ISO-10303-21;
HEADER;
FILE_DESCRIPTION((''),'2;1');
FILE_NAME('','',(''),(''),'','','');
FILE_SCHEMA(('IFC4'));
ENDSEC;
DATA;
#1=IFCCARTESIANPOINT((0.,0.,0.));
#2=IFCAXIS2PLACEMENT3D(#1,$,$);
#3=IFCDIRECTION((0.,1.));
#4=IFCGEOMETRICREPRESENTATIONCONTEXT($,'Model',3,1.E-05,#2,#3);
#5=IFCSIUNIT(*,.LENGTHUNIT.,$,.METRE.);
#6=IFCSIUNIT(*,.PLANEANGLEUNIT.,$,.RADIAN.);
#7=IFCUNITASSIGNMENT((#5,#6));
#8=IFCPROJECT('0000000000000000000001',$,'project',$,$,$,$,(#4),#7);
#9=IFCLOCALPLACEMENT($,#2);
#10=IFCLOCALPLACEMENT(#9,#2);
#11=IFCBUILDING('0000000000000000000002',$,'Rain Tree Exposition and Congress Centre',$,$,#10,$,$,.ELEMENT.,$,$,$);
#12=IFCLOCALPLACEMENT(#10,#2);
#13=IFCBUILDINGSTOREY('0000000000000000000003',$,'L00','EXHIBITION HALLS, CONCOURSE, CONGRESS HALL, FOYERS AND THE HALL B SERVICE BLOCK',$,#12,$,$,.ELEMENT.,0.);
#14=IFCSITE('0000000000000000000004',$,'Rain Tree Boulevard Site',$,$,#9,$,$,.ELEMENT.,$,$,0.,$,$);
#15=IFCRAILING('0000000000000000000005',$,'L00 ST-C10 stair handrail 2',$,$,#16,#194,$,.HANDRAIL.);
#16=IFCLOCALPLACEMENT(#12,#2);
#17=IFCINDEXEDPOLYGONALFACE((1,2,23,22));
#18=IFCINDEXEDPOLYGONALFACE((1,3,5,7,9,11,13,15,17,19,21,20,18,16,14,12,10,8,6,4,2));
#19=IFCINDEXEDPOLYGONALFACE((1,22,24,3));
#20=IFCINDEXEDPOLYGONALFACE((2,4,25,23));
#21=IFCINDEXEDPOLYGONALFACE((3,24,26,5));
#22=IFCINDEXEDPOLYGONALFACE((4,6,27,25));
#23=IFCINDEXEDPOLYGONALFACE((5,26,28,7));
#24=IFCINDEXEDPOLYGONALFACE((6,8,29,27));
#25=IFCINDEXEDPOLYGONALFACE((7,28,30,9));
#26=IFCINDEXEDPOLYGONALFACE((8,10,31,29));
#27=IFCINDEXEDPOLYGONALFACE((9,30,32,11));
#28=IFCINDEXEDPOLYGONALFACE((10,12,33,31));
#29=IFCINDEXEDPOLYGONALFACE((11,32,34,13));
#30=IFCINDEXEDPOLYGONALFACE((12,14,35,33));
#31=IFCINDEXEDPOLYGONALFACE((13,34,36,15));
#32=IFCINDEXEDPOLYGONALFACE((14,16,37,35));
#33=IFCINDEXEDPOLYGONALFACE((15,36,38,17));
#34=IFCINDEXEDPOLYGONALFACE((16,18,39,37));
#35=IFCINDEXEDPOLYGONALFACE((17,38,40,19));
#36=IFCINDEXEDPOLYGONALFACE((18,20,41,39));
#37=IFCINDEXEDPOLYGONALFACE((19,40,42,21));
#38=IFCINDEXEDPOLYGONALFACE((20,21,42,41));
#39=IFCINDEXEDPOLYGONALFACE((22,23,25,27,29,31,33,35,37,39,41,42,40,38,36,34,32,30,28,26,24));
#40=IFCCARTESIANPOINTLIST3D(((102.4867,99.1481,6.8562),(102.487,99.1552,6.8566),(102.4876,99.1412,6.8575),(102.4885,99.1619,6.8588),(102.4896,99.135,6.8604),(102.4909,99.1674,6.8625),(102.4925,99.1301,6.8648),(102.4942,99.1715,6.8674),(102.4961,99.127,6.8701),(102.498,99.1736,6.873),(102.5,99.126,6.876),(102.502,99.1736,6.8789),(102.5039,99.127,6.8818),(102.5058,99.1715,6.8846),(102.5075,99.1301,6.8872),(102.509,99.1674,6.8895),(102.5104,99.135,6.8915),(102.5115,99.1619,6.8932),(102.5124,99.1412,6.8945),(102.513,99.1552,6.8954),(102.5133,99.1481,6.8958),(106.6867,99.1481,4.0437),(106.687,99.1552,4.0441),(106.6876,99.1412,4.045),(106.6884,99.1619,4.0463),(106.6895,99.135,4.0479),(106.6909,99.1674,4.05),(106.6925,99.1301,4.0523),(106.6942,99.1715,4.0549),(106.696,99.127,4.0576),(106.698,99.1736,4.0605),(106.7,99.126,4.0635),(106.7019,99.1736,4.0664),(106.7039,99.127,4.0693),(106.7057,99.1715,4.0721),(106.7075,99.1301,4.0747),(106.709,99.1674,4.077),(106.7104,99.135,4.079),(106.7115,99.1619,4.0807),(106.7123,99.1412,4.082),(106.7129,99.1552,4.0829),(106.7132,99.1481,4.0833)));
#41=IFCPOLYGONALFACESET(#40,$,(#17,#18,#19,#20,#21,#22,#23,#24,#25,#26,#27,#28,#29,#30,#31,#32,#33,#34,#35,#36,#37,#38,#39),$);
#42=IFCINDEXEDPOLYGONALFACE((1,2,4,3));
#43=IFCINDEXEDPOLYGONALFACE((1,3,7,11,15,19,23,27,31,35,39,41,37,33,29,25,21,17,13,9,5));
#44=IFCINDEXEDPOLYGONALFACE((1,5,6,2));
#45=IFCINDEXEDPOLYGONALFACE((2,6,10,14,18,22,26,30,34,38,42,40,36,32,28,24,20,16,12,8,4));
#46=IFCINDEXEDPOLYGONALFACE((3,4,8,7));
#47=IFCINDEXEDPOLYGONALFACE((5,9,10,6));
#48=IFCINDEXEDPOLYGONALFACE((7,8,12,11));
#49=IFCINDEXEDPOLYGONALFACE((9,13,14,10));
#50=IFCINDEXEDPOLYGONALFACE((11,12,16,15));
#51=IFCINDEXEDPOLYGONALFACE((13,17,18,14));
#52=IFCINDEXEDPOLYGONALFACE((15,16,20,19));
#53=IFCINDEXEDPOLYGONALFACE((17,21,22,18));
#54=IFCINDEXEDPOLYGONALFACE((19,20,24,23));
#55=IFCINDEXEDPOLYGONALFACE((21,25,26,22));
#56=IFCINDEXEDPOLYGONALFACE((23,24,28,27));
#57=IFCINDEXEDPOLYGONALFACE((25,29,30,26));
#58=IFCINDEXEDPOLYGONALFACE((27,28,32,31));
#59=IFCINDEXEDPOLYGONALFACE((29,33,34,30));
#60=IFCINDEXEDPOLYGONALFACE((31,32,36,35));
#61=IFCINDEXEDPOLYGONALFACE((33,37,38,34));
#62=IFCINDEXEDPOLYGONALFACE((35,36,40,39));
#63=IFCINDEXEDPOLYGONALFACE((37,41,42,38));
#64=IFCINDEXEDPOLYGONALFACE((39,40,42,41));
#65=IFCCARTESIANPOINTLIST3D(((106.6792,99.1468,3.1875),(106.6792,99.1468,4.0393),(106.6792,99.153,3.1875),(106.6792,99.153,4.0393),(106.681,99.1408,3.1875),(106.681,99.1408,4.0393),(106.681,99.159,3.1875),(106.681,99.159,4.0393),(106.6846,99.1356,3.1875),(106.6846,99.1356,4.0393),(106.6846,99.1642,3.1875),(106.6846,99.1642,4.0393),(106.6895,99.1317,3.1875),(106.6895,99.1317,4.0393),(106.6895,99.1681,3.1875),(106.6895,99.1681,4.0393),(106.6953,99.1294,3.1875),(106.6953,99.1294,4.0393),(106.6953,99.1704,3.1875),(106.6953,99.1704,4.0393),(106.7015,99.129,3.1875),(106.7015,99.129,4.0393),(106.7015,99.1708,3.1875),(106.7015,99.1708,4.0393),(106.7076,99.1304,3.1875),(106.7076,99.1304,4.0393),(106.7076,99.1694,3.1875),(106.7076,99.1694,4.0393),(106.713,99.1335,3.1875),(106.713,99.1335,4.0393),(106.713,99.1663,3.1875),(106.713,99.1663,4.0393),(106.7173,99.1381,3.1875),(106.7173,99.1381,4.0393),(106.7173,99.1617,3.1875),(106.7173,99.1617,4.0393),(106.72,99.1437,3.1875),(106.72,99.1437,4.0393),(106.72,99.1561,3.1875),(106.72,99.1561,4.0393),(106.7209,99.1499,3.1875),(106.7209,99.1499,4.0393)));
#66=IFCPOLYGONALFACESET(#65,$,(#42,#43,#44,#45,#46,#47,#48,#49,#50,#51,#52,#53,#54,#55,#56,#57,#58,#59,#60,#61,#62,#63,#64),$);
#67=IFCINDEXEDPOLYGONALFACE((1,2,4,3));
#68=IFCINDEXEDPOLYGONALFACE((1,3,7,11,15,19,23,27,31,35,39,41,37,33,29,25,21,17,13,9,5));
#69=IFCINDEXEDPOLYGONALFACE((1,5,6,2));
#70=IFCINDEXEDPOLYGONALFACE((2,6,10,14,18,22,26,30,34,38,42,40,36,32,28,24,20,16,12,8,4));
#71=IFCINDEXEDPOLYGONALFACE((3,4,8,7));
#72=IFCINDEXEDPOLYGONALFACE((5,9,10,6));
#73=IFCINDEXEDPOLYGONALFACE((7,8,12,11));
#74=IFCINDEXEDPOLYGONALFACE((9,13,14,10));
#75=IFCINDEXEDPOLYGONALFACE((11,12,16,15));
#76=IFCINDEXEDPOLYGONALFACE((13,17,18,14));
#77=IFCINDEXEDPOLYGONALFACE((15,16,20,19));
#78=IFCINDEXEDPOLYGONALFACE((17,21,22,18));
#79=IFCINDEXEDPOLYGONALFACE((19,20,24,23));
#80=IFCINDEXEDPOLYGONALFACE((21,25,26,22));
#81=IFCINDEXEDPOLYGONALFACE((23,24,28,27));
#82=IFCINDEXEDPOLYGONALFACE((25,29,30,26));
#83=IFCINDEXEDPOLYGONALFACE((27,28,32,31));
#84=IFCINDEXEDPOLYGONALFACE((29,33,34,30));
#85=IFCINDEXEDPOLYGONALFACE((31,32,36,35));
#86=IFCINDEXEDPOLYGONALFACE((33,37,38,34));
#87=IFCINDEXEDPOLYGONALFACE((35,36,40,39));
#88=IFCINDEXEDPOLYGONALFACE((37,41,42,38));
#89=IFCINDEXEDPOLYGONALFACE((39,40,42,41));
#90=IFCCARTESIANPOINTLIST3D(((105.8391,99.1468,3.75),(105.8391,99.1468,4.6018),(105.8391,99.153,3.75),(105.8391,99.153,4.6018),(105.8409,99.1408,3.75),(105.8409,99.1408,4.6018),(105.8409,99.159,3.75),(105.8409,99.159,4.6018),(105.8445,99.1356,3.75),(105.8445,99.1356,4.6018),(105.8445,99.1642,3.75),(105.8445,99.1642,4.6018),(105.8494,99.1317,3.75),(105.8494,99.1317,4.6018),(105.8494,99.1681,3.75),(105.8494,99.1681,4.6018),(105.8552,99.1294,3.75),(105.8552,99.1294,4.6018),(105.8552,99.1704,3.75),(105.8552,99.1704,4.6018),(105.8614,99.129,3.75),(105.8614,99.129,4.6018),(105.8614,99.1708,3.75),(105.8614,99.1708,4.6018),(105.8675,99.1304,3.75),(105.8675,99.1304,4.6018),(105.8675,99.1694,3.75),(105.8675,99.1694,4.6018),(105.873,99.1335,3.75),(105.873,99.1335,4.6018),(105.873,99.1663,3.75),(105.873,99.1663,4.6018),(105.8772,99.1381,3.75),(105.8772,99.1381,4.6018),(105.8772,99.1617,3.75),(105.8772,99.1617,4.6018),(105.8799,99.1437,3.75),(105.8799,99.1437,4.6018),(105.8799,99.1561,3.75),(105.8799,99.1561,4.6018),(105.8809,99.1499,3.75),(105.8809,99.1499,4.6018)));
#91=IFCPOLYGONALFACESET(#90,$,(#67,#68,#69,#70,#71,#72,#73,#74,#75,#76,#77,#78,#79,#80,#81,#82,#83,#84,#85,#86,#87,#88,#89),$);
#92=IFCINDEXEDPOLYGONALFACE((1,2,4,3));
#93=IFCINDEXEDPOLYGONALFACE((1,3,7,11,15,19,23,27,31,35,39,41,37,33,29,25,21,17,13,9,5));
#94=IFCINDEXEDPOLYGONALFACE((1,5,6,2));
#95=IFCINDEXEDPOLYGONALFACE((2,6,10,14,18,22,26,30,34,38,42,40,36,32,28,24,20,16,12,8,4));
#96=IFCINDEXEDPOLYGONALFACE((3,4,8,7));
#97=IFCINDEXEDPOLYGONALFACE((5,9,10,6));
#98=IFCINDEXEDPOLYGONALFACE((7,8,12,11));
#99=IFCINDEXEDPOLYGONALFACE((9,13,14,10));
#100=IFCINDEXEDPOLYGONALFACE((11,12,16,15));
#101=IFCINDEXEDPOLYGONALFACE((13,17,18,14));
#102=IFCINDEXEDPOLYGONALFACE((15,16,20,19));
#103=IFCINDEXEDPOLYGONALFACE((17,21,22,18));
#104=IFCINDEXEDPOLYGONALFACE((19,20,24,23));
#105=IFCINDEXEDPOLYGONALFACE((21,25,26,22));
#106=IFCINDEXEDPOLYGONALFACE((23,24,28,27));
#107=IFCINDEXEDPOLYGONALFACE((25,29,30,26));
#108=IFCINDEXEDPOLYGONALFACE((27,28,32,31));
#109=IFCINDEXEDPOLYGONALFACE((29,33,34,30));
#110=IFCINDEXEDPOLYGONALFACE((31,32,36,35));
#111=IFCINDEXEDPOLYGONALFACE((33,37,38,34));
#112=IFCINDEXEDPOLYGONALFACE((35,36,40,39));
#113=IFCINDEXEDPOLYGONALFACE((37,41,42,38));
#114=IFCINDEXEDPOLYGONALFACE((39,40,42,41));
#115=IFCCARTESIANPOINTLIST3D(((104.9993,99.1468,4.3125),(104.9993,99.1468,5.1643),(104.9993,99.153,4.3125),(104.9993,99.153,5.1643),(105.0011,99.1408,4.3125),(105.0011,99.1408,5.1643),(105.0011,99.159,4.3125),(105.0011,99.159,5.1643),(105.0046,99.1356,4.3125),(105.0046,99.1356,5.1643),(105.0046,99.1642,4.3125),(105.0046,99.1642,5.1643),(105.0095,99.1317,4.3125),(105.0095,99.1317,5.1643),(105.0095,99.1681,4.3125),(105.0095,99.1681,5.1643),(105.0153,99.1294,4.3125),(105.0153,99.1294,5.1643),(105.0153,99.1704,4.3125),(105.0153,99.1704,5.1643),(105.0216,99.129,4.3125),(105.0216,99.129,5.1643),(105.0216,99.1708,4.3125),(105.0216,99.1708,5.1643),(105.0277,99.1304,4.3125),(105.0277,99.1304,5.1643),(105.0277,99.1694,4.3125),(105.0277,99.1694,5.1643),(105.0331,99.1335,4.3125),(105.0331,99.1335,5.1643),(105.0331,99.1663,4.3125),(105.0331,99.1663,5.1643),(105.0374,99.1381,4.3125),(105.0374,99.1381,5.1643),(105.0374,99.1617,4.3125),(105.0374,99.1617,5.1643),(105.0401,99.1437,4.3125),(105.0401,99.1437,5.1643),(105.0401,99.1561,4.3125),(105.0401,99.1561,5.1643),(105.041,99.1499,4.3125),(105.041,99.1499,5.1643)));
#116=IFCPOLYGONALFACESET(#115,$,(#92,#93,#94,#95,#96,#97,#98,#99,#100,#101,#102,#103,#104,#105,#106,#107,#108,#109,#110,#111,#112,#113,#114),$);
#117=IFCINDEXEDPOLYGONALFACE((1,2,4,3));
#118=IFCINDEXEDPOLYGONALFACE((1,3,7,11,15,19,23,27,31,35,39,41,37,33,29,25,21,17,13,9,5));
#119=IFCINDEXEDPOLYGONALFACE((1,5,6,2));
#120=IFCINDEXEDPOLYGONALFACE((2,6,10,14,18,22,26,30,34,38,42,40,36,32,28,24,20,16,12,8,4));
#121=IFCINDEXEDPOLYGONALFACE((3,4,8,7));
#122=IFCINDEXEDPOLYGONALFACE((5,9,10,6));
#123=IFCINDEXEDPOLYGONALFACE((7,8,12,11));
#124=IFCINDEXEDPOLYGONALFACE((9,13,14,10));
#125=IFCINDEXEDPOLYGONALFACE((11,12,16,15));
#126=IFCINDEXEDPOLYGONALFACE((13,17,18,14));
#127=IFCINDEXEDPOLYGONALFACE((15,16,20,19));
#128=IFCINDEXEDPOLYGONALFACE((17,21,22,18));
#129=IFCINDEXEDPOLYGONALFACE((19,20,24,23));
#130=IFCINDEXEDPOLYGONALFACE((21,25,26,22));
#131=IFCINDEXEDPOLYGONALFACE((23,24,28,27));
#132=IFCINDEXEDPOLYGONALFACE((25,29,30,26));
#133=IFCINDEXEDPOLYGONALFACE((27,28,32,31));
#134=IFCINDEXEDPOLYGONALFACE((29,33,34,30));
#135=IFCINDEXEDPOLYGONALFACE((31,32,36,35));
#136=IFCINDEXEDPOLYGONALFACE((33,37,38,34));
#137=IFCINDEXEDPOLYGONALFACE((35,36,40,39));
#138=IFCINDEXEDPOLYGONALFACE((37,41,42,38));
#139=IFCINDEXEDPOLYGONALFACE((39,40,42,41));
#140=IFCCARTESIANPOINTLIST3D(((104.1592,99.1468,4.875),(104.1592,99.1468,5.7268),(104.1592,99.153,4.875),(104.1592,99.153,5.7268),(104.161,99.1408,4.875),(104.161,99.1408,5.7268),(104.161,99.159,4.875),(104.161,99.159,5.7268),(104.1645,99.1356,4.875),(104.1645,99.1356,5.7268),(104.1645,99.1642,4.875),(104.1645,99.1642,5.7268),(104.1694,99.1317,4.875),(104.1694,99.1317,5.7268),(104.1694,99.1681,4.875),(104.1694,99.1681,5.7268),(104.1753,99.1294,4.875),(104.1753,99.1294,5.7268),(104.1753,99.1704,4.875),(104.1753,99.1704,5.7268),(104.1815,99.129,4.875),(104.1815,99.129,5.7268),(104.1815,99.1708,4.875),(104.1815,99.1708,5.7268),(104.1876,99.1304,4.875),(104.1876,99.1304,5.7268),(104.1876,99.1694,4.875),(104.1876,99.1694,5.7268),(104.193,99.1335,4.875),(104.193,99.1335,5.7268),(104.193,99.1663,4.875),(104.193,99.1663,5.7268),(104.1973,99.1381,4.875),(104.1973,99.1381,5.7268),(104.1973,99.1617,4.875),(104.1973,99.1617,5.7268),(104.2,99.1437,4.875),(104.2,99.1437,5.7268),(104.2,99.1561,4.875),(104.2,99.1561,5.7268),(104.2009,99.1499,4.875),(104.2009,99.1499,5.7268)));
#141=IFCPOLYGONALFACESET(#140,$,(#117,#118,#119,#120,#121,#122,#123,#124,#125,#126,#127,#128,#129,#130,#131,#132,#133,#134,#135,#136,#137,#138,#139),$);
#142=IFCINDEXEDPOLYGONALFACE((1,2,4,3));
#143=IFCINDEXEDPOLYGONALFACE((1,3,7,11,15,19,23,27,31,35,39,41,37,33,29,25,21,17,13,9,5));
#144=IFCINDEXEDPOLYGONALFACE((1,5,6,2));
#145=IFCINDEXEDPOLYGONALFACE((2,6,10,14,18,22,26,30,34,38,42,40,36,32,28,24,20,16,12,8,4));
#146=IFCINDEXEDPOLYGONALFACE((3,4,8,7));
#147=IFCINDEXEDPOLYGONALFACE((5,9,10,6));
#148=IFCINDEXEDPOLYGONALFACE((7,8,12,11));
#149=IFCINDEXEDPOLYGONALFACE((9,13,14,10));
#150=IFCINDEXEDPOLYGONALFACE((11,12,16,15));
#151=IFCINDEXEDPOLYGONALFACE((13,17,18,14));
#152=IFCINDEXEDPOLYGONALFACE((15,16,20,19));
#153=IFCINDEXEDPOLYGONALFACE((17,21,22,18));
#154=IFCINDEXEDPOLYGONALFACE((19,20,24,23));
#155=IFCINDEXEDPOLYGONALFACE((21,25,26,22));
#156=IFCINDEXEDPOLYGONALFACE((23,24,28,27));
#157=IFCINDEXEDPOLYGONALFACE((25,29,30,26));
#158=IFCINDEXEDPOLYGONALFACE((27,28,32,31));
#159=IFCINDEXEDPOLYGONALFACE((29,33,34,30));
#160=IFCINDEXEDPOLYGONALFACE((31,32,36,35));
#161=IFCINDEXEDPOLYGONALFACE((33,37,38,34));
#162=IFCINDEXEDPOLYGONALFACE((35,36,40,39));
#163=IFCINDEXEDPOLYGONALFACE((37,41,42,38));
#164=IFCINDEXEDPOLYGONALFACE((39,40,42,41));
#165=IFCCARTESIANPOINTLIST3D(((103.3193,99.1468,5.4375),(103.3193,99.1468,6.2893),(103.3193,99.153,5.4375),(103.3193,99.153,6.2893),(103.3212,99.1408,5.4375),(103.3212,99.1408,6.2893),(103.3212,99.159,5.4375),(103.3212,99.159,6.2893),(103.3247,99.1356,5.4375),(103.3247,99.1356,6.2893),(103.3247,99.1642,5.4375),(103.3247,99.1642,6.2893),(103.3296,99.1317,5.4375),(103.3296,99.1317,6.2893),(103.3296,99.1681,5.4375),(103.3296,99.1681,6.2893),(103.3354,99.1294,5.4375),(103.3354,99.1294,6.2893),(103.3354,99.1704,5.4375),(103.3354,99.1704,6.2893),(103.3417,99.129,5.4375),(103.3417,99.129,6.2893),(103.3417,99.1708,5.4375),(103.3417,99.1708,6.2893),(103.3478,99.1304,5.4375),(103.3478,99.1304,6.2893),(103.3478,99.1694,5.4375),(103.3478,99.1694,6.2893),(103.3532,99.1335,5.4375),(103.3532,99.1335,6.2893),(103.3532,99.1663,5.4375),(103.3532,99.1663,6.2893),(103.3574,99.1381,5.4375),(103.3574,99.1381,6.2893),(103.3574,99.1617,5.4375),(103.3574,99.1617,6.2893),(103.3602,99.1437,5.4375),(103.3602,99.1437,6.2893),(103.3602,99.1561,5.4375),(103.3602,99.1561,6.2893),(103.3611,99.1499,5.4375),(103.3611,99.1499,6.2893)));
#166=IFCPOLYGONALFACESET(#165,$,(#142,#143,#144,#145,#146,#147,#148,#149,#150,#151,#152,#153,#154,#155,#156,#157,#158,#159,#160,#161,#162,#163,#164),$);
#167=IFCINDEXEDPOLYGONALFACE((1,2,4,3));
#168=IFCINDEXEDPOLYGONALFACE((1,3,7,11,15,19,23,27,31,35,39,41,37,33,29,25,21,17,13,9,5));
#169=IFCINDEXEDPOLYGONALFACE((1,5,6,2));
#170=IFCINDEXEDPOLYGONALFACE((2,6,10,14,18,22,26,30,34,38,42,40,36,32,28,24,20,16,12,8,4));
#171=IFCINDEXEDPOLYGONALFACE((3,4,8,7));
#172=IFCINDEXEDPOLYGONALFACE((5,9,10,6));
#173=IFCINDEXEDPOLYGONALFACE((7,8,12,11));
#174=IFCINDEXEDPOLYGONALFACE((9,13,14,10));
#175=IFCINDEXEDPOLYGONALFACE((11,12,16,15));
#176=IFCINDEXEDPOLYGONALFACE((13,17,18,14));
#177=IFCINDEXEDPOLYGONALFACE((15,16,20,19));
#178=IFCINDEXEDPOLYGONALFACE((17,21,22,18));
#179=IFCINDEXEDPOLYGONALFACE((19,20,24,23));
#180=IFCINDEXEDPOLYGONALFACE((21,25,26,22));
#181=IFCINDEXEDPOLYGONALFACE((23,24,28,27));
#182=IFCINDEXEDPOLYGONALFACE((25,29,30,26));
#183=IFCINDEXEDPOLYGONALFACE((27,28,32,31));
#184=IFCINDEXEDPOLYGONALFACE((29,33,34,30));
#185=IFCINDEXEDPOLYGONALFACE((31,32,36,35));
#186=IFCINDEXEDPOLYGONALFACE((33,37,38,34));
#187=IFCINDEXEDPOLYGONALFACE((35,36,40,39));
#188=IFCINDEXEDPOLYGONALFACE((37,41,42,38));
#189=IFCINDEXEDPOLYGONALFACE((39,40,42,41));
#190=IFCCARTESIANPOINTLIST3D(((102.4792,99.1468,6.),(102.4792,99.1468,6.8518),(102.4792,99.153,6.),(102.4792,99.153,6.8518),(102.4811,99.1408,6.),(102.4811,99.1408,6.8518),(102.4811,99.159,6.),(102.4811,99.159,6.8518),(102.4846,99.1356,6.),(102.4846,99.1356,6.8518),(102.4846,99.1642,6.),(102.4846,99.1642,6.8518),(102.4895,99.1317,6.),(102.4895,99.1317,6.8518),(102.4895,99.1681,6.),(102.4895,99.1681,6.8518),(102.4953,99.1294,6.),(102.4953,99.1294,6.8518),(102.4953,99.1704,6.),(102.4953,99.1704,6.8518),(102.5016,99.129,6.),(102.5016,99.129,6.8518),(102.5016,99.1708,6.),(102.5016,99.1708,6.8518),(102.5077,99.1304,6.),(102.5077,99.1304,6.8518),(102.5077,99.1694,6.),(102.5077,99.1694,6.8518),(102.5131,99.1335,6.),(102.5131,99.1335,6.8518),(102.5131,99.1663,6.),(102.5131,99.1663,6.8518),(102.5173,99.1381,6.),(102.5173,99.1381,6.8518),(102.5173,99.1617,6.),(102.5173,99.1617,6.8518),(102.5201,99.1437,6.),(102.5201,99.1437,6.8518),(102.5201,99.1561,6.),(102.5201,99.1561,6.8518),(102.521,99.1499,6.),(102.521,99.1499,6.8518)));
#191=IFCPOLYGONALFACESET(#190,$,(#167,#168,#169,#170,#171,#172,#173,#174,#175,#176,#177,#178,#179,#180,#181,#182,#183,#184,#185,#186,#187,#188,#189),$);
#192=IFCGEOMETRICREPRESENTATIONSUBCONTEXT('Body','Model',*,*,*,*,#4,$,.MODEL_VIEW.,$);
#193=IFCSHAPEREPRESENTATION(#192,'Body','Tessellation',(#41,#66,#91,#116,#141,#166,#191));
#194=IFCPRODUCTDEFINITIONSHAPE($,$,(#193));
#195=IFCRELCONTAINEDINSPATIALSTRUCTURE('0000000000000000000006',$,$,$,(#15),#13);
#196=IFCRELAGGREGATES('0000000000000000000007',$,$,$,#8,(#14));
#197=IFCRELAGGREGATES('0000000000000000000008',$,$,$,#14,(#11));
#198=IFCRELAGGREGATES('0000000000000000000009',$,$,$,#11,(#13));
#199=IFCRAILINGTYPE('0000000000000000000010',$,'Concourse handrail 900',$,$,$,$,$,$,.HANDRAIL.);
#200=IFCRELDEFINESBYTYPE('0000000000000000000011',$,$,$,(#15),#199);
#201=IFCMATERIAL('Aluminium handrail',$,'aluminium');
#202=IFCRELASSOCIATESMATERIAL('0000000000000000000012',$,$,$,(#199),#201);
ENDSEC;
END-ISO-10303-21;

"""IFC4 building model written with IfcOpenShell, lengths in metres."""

from ifc_helpers import new_model, si_unit, direction, frame, origin, origin_2d, place, context, subcontext, project, spatial, circle, extrude, material, type_object, element, save


model = new_model("IFC4")

# Units and contexts
model_context = context("Model", 3, precision=1e-05, world=origin(), true_north=direction((0.0, 1.0)))
body_context = subcontext(model_context, "Body", "Model", "MODEL_VIEW")
ifc_project = project(units=[si_unit("LENGTHUNIT", "METRE"), si_unit("PLANEANGLEUNIT", "RADIAN")], contexts=[model_context])

# Site, building, storey
site_placement = place(None, origin())
site = spatial("IfcSite", under=ifc_project, at=site_placement, Name="Rain Tree Boulevard Site", CompositionType="ELEMENT", RefElevation=0.0)
building_placement = place(site_placement, origin())
building = spatial("IfcBuilding", under=site, at=building_placement, Name="Rain Tree Exposition and Congress Centre", CompositionType="ELEMENT")
storey_placement = place(building_placement, origin())
storey = spatial("IfcBuildingStorey", under=building, at=storey_placement, Name="L00", Description="EXHIBITION HALLS, CONCOURSE, CONGRESS HALL, FOYERS AND THE HALL B SERVICE BLOCK", CompositionType="ELEMENT", Elevation=0.0)

# Railing
ifc_material_1 = material(Name="Aluminium handrail", Category="aluminium")
railing_type_1 = type_object("IfcRailingType", Name="Concourse handrail 900", PredefinedType="HANDRAIL", material=ifc_material_1)
railing_1_placement = place(storey_placement, frame((106.7, 99.1499, 3.1875)))
element("IfcRailing", 1, at=railing_1_placement, inside=storey, type_object=railing_type_1, Name="L00 ST-C10 stair handrail 2", PredefinedType="HANDRAIL", context=body_context, shape_type="SweptSolid", body=[
    extrude(circle(Radius=0.0239, at=origin_2d()), frame((0.0, 0.0, 0.876), z_axis=(-0.830904, 0.0, 0.556416), x_axis=(0.0, -1.0, 0.0)), (0.0, 0.0, 1.0), 5.0547),
    extrude(circle(Radius=0.021, at=origin_2d()), origin(), (0.0, 0.0, 1.0), 0.8518),
    extrude(circle(Radius=0.021, at=origin_2d()), frame((-0.8401, 0.0, 0.5625)), (0.0, 0.0, 1.0), 0.8518),
    extrude(circle(Radius=0.021, at=origin_2d()), frame((-1.6799, 0.0, 1.125)), (0.0, 0.0, 1.0), 0.8518),
    extrude(circle(Radius=0.021, at=origin_2d()), frame((-2.52, 0.0, 1.6875)), (0.0, 0.0, 1.0), 0.8518),
    extrude(circle(Radius=0.021, at=origin_2d()), frame((-3.3599, 0.0, 2.25)), (0.0, 0.0, 1.0), 0.8518),
    extrude(circle(Radius=0.021, at=origin_2d()), frame((-4.2, 0.0, 2.8125)), (0.0, 0.0, 1.0), 0.8518),
])

save(model, "model.ifc")
